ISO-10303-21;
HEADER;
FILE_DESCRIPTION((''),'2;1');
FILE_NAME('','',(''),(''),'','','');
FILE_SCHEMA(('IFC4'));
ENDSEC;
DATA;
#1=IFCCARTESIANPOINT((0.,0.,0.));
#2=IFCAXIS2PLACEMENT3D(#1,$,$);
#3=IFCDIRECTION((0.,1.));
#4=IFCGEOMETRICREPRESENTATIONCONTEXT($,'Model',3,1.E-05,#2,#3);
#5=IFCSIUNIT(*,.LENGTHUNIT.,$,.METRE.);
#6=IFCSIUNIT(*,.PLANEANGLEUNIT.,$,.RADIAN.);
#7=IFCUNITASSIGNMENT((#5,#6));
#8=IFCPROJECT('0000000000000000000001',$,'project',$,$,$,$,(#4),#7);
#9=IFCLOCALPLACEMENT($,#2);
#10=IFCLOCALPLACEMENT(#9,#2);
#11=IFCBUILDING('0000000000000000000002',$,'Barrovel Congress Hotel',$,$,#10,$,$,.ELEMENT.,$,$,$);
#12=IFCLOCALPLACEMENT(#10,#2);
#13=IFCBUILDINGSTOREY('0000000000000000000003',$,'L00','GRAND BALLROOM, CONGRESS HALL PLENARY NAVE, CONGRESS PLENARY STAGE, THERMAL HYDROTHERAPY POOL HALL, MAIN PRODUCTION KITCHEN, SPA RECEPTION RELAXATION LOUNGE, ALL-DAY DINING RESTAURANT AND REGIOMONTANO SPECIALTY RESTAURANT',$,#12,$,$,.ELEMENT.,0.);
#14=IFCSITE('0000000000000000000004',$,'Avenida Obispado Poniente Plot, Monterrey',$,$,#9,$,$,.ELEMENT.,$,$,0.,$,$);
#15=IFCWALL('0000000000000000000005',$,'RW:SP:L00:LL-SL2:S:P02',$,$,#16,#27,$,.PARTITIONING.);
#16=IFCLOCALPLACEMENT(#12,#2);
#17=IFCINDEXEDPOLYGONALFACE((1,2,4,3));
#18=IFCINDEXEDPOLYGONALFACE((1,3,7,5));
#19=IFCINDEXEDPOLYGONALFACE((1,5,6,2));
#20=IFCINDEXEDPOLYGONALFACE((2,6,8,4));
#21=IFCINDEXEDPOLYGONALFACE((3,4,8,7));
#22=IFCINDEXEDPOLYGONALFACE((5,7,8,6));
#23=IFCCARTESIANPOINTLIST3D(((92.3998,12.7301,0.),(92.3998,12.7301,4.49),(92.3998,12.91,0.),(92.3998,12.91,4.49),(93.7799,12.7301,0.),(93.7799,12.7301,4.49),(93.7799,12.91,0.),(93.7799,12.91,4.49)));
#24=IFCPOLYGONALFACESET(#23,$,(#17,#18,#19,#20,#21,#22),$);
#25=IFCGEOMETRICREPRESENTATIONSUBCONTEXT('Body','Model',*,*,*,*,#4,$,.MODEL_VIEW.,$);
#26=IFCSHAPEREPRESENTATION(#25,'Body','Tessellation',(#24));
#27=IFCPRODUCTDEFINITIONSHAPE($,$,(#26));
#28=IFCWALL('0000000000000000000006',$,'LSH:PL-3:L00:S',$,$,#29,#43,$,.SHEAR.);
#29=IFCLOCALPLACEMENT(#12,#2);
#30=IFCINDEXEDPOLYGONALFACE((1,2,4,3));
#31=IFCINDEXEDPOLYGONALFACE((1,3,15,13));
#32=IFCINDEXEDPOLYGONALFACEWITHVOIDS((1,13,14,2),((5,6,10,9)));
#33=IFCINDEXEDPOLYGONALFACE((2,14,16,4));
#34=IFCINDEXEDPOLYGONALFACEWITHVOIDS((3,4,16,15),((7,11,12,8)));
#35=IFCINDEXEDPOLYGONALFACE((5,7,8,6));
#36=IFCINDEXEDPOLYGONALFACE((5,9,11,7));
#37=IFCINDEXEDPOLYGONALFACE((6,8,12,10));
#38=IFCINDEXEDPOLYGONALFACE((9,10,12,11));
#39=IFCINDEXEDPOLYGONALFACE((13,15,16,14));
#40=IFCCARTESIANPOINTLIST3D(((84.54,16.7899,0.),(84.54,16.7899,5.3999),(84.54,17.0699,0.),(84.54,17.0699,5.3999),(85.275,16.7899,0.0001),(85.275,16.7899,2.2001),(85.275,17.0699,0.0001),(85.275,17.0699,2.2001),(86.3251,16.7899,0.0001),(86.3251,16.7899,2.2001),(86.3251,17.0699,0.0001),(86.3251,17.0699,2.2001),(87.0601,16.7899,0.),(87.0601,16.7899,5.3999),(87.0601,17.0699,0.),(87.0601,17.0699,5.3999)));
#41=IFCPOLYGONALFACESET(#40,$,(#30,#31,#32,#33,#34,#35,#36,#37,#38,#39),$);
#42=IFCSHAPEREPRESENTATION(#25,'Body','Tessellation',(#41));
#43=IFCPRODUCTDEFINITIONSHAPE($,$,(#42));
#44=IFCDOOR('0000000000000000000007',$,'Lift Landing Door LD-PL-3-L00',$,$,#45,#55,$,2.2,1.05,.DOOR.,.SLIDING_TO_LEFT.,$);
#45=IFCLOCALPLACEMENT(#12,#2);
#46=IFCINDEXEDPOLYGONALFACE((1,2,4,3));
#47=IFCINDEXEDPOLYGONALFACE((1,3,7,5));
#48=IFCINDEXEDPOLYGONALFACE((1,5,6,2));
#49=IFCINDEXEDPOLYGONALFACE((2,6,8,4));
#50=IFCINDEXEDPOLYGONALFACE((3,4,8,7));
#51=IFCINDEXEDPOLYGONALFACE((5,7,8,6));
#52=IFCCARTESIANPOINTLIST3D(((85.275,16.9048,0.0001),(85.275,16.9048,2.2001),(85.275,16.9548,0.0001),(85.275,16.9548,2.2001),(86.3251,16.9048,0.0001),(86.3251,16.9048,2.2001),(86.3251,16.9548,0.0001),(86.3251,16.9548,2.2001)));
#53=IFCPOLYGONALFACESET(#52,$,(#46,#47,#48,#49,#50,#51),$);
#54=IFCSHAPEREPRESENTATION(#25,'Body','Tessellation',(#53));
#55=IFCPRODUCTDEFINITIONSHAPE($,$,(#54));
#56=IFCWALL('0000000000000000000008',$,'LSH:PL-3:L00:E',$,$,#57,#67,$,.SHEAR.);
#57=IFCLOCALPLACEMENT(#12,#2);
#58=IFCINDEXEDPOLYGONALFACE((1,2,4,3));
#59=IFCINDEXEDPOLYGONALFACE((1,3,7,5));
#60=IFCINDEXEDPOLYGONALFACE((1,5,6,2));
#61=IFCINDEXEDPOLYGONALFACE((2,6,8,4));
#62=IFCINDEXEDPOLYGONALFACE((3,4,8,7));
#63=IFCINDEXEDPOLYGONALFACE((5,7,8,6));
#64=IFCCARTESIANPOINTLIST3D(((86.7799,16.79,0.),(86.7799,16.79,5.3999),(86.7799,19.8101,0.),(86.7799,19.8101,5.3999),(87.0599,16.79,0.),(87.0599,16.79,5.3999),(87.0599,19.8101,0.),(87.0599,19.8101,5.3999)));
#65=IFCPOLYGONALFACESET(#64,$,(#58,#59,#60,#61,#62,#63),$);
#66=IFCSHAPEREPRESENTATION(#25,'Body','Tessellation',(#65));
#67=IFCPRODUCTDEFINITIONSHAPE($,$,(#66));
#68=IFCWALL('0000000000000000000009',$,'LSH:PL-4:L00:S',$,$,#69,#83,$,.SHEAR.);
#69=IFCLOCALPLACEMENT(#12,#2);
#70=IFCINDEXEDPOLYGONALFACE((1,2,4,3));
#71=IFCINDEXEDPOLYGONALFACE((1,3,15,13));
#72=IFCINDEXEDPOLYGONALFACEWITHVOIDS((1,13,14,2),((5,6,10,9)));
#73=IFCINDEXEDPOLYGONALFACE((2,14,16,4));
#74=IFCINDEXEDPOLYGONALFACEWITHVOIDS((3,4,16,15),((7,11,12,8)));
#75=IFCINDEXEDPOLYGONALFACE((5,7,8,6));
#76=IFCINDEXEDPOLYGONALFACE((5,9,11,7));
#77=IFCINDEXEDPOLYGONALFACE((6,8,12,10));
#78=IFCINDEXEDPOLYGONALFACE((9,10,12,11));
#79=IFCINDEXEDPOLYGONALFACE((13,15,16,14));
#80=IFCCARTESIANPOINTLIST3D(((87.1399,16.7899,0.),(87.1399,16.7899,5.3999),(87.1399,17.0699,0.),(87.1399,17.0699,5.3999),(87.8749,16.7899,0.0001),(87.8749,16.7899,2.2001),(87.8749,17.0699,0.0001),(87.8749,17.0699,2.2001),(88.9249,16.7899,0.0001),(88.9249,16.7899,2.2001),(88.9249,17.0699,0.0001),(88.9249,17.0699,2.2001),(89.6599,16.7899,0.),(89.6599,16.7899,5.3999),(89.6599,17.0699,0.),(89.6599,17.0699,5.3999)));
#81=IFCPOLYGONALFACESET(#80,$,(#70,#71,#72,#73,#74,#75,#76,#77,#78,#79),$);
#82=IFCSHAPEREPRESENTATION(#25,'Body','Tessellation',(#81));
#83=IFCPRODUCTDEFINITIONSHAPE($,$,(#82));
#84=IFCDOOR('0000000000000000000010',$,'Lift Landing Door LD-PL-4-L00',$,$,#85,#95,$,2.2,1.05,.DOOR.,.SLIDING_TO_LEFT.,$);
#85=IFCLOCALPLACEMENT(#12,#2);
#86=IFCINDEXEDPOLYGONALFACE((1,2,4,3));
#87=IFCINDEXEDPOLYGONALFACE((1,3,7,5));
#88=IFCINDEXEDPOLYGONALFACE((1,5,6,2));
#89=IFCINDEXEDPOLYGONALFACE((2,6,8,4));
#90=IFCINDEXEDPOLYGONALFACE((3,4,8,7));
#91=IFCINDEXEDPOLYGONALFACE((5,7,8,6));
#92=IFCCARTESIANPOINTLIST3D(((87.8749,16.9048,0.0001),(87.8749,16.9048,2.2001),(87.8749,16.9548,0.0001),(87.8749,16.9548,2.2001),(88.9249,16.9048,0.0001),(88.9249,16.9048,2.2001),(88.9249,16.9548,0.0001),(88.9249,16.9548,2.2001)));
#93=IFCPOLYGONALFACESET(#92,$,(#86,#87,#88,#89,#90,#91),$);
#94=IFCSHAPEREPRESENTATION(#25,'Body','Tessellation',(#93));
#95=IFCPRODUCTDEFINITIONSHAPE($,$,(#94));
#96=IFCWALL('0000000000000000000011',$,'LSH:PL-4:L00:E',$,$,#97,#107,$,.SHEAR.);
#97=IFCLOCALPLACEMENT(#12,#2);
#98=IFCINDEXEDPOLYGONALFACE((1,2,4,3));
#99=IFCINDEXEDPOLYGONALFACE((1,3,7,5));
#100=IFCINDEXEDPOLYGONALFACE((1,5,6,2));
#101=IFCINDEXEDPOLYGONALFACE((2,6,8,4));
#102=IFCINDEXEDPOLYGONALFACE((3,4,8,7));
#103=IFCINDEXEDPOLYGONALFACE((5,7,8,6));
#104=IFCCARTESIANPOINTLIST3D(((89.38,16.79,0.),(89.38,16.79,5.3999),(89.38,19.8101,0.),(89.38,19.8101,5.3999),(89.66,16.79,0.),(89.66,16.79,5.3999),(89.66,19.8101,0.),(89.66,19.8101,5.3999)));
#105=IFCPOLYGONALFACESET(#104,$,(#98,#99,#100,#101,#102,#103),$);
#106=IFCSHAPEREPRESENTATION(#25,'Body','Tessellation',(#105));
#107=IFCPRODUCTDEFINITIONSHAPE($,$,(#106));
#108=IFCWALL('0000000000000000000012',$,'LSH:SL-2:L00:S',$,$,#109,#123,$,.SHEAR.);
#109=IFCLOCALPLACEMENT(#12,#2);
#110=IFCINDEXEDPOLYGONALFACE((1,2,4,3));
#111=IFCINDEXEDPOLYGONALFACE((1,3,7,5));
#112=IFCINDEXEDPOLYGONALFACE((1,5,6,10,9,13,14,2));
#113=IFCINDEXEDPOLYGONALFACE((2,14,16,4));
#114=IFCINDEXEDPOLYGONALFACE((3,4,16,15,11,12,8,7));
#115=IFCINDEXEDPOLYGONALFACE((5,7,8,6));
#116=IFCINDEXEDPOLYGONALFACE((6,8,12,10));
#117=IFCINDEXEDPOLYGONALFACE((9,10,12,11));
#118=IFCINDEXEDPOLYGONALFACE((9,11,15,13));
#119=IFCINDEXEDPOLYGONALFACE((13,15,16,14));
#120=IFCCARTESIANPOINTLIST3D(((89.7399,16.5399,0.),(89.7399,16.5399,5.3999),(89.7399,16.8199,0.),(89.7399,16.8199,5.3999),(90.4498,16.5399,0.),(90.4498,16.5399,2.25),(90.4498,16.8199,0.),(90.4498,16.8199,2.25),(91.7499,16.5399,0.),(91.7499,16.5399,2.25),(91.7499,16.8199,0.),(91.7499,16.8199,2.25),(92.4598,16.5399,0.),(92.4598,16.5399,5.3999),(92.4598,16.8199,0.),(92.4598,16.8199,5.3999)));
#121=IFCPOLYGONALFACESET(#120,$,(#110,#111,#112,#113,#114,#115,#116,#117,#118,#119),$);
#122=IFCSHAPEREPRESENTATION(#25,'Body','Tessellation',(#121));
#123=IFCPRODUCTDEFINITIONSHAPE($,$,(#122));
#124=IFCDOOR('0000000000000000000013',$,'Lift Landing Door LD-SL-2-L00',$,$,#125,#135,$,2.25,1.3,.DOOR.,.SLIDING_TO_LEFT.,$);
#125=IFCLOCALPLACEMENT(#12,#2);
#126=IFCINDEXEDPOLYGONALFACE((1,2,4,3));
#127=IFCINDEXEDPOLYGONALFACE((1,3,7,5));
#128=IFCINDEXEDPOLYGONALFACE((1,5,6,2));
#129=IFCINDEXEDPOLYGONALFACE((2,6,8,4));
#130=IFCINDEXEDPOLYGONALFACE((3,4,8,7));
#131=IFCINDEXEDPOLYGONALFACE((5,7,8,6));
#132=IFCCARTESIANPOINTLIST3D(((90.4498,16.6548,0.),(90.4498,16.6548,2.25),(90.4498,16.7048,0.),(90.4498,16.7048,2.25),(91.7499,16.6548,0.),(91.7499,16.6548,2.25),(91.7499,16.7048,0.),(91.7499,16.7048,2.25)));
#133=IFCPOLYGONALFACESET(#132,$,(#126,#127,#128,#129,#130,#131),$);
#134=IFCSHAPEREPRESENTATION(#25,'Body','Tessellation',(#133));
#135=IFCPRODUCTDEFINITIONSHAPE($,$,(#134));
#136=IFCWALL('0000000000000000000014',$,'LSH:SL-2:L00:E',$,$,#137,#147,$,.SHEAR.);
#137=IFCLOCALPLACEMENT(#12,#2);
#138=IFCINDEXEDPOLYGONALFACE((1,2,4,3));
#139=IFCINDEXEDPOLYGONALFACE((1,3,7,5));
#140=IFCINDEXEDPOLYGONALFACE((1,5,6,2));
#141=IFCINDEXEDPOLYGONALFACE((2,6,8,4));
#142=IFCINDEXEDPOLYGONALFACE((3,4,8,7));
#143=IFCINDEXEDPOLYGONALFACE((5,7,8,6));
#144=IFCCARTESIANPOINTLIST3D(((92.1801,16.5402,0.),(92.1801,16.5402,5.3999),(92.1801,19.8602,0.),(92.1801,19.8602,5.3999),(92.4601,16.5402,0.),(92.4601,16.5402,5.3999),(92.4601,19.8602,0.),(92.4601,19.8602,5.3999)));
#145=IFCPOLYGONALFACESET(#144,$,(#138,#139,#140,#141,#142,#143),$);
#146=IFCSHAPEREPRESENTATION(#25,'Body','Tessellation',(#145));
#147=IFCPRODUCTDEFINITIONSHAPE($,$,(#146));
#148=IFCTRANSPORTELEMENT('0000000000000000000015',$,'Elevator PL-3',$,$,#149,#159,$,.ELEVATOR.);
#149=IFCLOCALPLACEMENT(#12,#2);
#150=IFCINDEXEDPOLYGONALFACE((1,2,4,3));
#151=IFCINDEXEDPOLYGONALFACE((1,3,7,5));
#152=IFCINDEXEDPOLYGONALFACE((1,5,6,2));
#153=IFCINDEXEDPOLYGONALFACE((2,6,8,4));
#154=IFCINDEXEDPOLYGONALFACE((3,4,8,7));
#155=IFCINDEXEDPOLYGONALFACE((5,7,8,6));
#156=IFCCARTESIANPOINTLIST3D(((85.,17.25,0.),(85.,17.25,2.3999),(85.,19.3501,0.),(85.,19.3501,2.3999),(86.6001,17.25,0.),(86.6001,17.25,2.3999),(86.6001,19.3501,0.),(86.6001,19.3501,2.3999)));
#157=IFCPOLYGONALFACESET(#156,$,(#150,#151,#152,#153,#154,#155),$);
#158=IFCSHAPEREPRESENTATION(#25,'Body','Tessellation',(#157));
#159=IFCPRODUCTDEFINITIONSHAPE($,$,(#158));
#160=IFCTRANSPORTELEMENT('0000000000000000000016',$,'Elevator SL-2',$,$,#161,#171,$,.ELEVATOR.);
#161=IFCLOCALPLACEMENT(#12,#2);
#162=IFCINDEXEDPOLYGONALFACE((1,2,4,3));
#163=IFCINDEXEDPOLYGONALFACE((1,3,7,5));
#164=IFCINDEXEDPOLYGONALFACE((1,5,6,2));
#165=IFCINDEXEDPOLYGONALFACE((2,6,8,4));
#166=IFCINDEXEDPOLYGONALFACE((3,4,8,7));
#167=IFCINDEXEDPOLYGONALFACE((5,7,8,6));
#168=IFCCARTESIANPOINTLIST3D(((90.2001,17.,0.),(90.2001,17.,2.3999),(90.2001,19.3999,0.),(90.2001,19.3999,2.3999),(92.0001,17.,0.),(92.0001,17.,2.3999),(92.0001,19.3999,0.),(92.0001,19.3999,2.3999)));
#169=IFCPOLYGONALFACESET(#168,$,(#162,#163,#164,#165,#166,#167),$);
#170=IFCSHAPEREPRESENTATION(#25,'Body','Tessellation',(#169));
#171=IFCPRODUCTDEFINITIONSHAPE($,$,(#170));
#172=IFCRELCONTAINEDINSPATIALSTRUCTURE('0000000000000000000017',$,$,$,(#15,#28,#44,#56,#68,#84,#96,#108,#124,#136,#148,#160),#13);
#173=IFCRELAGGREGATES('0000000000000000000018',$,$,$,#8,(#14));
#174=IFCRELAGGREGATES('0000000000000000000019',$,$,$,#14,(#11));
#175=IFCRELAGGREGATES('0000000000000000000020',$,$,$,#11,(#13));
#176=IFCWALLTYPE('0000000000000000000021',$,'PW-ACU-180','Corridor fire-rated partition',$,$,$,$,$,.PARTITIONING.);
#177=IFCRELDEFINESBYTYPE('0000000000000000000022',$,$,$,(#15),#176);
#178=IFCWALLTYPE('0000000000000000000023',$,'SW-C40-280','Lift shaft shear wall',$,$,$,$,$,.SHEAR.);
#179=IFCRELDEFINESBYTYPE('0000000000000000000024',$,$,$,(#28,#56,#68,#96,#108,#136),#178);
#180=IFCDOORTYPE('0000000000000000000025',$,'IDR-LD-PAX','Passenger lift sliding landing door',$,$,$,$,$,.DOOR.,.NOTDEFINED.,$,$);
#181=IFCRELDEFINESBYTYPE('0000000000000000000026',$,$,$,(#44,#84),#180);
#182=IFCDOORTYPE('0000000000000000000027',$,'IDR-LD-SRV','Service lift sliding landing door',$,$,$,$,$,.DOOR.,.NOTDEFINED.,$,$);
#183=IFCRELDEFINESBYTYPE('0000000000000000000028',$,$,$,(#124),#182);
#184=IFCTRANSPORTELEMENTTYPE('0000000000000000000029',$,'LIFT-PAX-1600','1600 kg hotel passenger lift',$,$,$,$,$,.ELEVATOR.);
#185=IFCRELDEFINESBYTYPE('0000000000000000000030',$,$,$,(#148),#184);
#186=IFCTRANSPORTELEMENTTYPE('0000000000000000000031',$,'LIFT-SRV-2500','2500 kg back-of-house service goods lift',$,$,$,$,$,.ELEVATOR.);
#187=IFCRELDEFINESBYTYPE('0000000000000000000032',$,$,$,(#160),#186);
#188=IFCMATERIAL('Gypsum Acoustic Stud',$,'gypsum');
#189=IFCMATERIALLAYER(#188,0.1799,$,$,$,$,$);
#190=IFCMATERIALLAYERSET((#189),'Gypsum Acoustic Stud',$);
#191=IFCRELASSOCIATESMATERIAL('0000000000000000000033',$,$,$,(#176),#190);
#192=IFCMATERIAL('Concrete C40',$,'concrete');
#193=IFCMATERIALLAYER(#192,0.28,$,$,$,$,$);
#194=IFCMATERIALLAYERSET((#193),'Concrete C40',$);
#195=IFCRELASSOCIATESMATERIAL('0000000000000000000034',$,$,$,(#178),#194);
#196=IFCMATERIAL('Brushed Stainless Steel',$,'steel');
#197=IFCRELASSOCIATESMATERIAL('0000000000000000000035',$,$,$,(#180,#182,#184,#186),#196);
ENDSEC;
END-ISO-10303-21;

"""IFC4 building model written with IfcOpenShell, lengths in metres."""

from ifc_helpers import new_model, si_unit, direction, frame, frame_2d, origin, origin_2d, place, context, subcontext, project, spatial, rectangle, extrude, material, layer, layer_set, type_object, element, fill, save


model = new_model("IFC4")

# Units and contexts
model_context = context("Model", 3, precision=1e-05, world=origin(), true_north=direction((0.0, 1.0)))
body_context = subcontext(model_context, "Body", "Model", "MODEL_VIEW")
ifc_project = project(units=[si_unit("LENGTHUNIT", "METRE"), si_unit("PLANEANGLEUNIT", "RADIAN")], contexts=[model_context])

# Site, building, storey
site_placement = place(None, origin())
site = spatial("IfcSite", under=ifc_project, at=site_placement, Name="Avenida Obispado Poniente Plot, Monterrey", CompositionType="ELEMENT", RefElevation=0.0)
building_placement = place(site_placement, origin())
building = spatial("IfcBuilding", under=site, at=building_placement, Name="Barrovel Congress Hotel", CompositionType="ELEMENT")
storey_placement = place(building_placement, origin())
storey = spatial("IfcBuildingStorey", under=building, at=storey_placement, Name="L00", Description="GRAND BALLROOM, CONGRESS HALL PLENARY NAVE, CONGRESS PLENARY STAGE, THERMAL HYDROTHERAPY POOL HALL, MAIN PRODUCTION KITCHEN, SPA RECEPTION RELAXATION LOUNGE, ALL-DAY DINING RESTAURANT AND REGIOMONTANO SPECIALTY RESTAURANT", CompositionType="ELEMENT", Elevation=0.0)

# Shared definitions
ifc_material_1 = material(Name="Concrete C40", Category="concrete")

# Shared definitions
ifc_material_2 = material(Name="Gypsum Acoustic Stud", Category="gypsum")
ifc_layer_1 = layer(ifc_material_2, 0.1799)
ifc_layer_set_1 = layer_set([ifc_layer_1], Name="Gypsum Acoustic Stud")
wall_type_1 = type_object("IfcWallType", Name="PW-ACU-180", Description="Corridor fire-rated partition", PredefinedType="PARTITIONING", material=ifc_layer_set_1)

# Wall
wall_1_placement = place(storey_placement, frame((92.3999, 12.8201, 0.0), z_axis=(0.0, 0.0, 1.0), x_axis=(1.0, 0.0, 0.0)))
element("IfcWall", 1, at=wall_1_placement, inside=storey, type_object=wall_type_1, Name="RW:SP:L00:LL-SL2:S:P02", PredefinedType="PARTITIONING", context=body_context, shape_type="SweptSolid", body=[
    extrude(rectangle(XDim=1.3801, YDim=0.1799, at=frame_2d((0.6899, 0.0))), origin(), (0.0, 0.0, 1.0), 4.49),
])

# Wall, opening, door
ifc_layer_2 = layer(ifc_material_1, 0.28)
ifc_layer_set_2 = layer_set([ifc_layer_2], Name="Concrete C40")
wall_type_2 = type_object("IfcWallType", Name="SW-C40-280", Description="Lift shaft shear wall", PredefinedType="SHEAR", material=ifc_layer_set_2)
wall_2_placement = place(storey_placement, frame((84.54, 16.9299, 0.0), z_axis=(0.0, 0.0, 1.0), x_axis=(1.0, 0.0, 0.0)))
wall_2 = element("IfcWall", 2, at=wall_2_placement, inside=storey, type_object=wall_type_2, Name="LSH:PL-3:L00:S", PredefinedType="SHEAR", context=body_context, shape_type="SweptSolid", body=[
    extrude(rectangle(XDim=2.52, YDim=0.28, at=frame_2d((1.26, 0.0))), origin(), (0.0, 0.0, 1.0), 5.3999),
])
opening_1_placement = place(wall_2_placement, frame((0.7351, 0.0, 0.0)))
opening_1 = element("IfcOpeningElement", 3, at=opening_1_placement, cuts=wall_2, PredefinedType="OPENING", context=body_context, shape_type="SweptSolid", body=[
    extrude(rectangle(XDim=1.05, YDim=2.2, at=frame_2d((0.5249, 1.1001))), frame((0.0, 0.1499, 0.0), z_axis=(0.0, -1.0, 0.0), x_axis=(1.0, 0.0, 0.0)), (0.0, 0.0, 1.0), 0.3),
])
ifc_material_3 = material(Name="Brushed Stainless Steel", Category="steel")
door_type_1 = type_object("IfcDoorType", Name="IDR-LD-PAX", Description="Passenger lift sliding landing door", OperationType="NOTDEFINED", PredefinedType="DOOR", material=ifc_material_3)
door_1_placement = place(opening_1_placement, origin())
door_1 = element("IfcDoor", 4, at=door_1_placement, inside=storey, type_object=door_type_1, Name="Lift Landing Door LD-PL-3-L00", OperationType="SLIDING_TO_LEFT", OverallHeight=2.2, OverallWidth=1.05, PredefinedType="DOOR", context=body_context, shape_type="SweptSolid", body=[
    extrude(rectangle(XDim=1.05, YDim=2.2, at=frame_2d((0.5249, 1.1001))), frame((0.0, 0.0249, 0.0), z_axis=(0.0, -1.0, 0.0), x_axis=(1.0, 0.0, 0.0)), (0.0, 0.0, 1.0), 0.05),
])
fill(opening_1, door_1)

# Wall
wall_3_placement = place(storey_placement, frame((86.9199, 16.79, 0.0), z_axis=(0.0, 0.0, 1.0), x_axis=(0.0, 1.0, 0.0)))
element("IfcWall", 5, at=wall_3_placement, inside=storey, type_object=wall_type_2, Name="LSH:PL-3:L00:E", PredefinedType="SHEAR", context=body_context, shape_type="SweptSolid", body=[
    extrude(rectangle(XDim=3.02, YDim=0.28, at=frame_2d((1.51, 0.0))), origin(), (0.0, 0.0, 1.0), 5.3999),
])

# Wall, opening, door
wall_4_placement = place(storey_placement, frame((87.1399, 16.9299, 0.0), z_axis=(0.0, 0.0, 1.0), x_axis=(1.0, 0.0, 0.0)))
wall_4 = element("IfcWall", 6, at=wall_4_placement, inside=storey, type_object=wall_type_2, Name="LSH:PL-4:L00:S", PredefinedType="SHEAR", context=body_context, shape_type="SweptSolid", body=[
    extrude(rectangle(XDim=2.52, YDim=0.28, at=frame_2d((1.26, 0.0))), origin(), (0.0, 0.0, 1.0), 5.3999),
])
opening_2_placement = place(wall_4_placement, frame((0.7351, 0.0, 0.0)))
opening_2 = element("IfcOpeningElement", 7, at=opening_2_placement, cuts=wall_4, PredefinedType="OPENING", context=body_context, shape_type="SweptSolid", body=[
    extrude(rectangle(XDim=1.05, YDim=2.2, at=frame_2d((0.5249, 1.1001))), frame((0.0, 0.1499, 0.0), z_axis=(0.0, -1.0, 0.0), x_axis=(1.0, 0.0, 0.0)), (0.0, 0.0, 1.0), 0.3),
])
door_2_placement = place(opening_2_placement, origin())
door_2 = element("IfcDoor", 8, at=door_2_placement, inside=storey, type_object=door_type_1, Name="Lift Landing Door LD-PL-4-L00", OperationType="SLIDING_TO_LEFT", OverallHeight=2.2, OverallWidth=1.05, PredefinedType="DOOR", context=body_context, shape_type="SweptSolid", body=[
    extrude(rectangle(XDim=1.05, YDim=2.2, at=frame_2d((0.5249, 1.1001))), frame((0.0, 0.0249, 0.0), z_axis=(0.0, -1.0, 0.0), x_axis=(1.0, 0.0, 0.0)), (0.0, 0.0, 1.0), 0.05),
])
fill(opening_2, door_2)

# Wall
wall_5_placement = place(storey_placement, frame((89.52, 16.79, 0.0), z_axis=(0.0, 0.0, 1.0), x_axis=(0.0, 1.0, 0.0)))
element("IfcWall", 9, at=wall_5_placement, inside=storey, type_object=wall_type_2, Name="LSH:PL-4:L00:E", PredefinedType="SHEAR", context=body_context, shape_type="SweptSolid", body=[
    extrude(rectangle(XDim=3.02, YDim=0.28, at=frame_2d((1.51, 0.0))), origin(), (0.0, 0.0, 1.0), 5.3999),
])

# Wall, opening, door
wall_6_placement = place(storey_placement, frame((89.74, 16.6799, 0.0), z_axis=(0.0, 0.0, 1.0), x_axis=(1.0, 0.0, 0.0)))
wall_6 = element("IfcWall", 10, at=wall_6_placement, inside=storey, type_object=wall_type_2, Name="LSH:SL-2:L00:S", PredefinedType="SHEAR", context=body_context, shape_type="SweptSolid", body=[
    extrude(rectangle(XDim=2.72, YDim=0.28, at=frame_2d((1.3599, 0.0))), origin(), (0.0, 0.0, 1.0), 5.3999),
])
opening_3_placement = place(wall_6_placement, frame((0.71, 0.0, 0.0)))
opening_3 = element("IfcOpeningElement", 11, at=opening_3_placement, cuts=wall_6, PredefinedType="OPENING", context=body_context, shape_type="SweptSolid", body=[
    extrude(rectangle(XDim=1.3, YDim=2.25, at=frame_2d((0.6499, 1.125))), frame((0.0, 0.1499, 0.0), z_axis=(0.0, -1.0, 0.0), x_axis=(1.0, 0.0, 0.0)), (0.0, 0.0, 1.0), 0.3),
])
door_type_2 = type_object("IfcDoorType", Name="IDR-LD-SRV", Description="Service lift sliding landing door", OperationType="NOTDEFINED", PredefinedType="DOOR", material=ifc_material_3)
door_3_placement = place(opening_3_placement, origin())
door_3 = element("IfcDoor", 12, at=door_3_placement, inside=storey, type_object=door_type_2, Name="Lift Landing Door LD-SL-2-L00", OperationType="SLIDING_TO_LEFT", OverallHeight=2.25, OverallWidth=1.3, PredefinedType="DOOR", context=body_context, shape_type="SweptSolid", body=[
    extrude(rectangle(XDim=1.3, YDim=2.25, at=frame_2d((0.6499, 1.125))), frame((0.0, 0.0249, 0.0), z_axis=(0.0, -1.0, 0.0), x_axis=(1.0, 0.0, 0.0)), (0.0, 0.0, 1.0), 0.05),
])
fill(opening_3, door_3)

# Wall
wall_7_placement = place(storey_placement, frame((92.3201, 16.54, 0.0), z_axis=(0.0, 0.0, 1.0), x_axis=(0.0, 1.0, 0.0)))
element("IfcWall", 13, at=wall_7_placement, inside=storey, type_object=wall_type_2, Name="LSH:SL-2:L00:E", PredefinedType="SHEAR", context=body_context, shape_type="SweptSolid", body=[
    extrude(rectangle(XDim=3.3201, YDim=0.28, at=frame_2d((1.6602, 0.0))), origin(), (0.0, 0.0, 1.0), 5.3999),
])

# Transport elements
transport_element_type_1 = type_object("IfcTransportElementType", Name="LIFT-PAX-1600", Description="1600 kg hotel passenger lift", PredefinedType="ELEVATOR", material=ifc_material_3)
transport_element_1_placement = place(storey_placement, frame((85.8, 18.3, 0.0), z_axis=(0.0, 0.0, 1.0), x_axis=(1.0, 0.0, 0.0)))
element("IfcTransportElement", 14, at=transport_element_1_placement, inside=storey, type_object=transport_element_type_1, Name="Elevator PL-3", PredefinedType="ELEVATOR", context=body_context, shape_type="SweptSolid", body=[
    extrude(rectangle(XDim=1.6001, YDim=2.1001, at=origin_2d()), origin(), (0.0, 0.0, 1.0), 2.3999),
])
transport_element_type_2 = type_object("IfcTransportElementType", Name="LIFT-SRV-2500", Description="2500 kg back-of-house service goods lift", PredefinedType="ELEVATOR", material=ifc_material_3)
transport_element_2_placement = place(storey_placement, frame((91.1001, 18.2, 0.0), z_axis=(0.0, 0.0, 1.0), x_axis=(1.0, 0.0, 0.0)))
element("IfcTransportElement", 15, at=transport_element_2_placement, inside=storey, type_object=transport_element_type_2, Name="Elevator SL-2", PredefinedType="ELEVATOR", context=body_context, shape_type="SweptSolid", body=[
    extrude(rectangle(XDim=1.8, YDim=2.3999, at=origin_2d()), origin(), (0.0, 0.0, 1.0), 2.3999),
])

save(model, "model.ifc")
